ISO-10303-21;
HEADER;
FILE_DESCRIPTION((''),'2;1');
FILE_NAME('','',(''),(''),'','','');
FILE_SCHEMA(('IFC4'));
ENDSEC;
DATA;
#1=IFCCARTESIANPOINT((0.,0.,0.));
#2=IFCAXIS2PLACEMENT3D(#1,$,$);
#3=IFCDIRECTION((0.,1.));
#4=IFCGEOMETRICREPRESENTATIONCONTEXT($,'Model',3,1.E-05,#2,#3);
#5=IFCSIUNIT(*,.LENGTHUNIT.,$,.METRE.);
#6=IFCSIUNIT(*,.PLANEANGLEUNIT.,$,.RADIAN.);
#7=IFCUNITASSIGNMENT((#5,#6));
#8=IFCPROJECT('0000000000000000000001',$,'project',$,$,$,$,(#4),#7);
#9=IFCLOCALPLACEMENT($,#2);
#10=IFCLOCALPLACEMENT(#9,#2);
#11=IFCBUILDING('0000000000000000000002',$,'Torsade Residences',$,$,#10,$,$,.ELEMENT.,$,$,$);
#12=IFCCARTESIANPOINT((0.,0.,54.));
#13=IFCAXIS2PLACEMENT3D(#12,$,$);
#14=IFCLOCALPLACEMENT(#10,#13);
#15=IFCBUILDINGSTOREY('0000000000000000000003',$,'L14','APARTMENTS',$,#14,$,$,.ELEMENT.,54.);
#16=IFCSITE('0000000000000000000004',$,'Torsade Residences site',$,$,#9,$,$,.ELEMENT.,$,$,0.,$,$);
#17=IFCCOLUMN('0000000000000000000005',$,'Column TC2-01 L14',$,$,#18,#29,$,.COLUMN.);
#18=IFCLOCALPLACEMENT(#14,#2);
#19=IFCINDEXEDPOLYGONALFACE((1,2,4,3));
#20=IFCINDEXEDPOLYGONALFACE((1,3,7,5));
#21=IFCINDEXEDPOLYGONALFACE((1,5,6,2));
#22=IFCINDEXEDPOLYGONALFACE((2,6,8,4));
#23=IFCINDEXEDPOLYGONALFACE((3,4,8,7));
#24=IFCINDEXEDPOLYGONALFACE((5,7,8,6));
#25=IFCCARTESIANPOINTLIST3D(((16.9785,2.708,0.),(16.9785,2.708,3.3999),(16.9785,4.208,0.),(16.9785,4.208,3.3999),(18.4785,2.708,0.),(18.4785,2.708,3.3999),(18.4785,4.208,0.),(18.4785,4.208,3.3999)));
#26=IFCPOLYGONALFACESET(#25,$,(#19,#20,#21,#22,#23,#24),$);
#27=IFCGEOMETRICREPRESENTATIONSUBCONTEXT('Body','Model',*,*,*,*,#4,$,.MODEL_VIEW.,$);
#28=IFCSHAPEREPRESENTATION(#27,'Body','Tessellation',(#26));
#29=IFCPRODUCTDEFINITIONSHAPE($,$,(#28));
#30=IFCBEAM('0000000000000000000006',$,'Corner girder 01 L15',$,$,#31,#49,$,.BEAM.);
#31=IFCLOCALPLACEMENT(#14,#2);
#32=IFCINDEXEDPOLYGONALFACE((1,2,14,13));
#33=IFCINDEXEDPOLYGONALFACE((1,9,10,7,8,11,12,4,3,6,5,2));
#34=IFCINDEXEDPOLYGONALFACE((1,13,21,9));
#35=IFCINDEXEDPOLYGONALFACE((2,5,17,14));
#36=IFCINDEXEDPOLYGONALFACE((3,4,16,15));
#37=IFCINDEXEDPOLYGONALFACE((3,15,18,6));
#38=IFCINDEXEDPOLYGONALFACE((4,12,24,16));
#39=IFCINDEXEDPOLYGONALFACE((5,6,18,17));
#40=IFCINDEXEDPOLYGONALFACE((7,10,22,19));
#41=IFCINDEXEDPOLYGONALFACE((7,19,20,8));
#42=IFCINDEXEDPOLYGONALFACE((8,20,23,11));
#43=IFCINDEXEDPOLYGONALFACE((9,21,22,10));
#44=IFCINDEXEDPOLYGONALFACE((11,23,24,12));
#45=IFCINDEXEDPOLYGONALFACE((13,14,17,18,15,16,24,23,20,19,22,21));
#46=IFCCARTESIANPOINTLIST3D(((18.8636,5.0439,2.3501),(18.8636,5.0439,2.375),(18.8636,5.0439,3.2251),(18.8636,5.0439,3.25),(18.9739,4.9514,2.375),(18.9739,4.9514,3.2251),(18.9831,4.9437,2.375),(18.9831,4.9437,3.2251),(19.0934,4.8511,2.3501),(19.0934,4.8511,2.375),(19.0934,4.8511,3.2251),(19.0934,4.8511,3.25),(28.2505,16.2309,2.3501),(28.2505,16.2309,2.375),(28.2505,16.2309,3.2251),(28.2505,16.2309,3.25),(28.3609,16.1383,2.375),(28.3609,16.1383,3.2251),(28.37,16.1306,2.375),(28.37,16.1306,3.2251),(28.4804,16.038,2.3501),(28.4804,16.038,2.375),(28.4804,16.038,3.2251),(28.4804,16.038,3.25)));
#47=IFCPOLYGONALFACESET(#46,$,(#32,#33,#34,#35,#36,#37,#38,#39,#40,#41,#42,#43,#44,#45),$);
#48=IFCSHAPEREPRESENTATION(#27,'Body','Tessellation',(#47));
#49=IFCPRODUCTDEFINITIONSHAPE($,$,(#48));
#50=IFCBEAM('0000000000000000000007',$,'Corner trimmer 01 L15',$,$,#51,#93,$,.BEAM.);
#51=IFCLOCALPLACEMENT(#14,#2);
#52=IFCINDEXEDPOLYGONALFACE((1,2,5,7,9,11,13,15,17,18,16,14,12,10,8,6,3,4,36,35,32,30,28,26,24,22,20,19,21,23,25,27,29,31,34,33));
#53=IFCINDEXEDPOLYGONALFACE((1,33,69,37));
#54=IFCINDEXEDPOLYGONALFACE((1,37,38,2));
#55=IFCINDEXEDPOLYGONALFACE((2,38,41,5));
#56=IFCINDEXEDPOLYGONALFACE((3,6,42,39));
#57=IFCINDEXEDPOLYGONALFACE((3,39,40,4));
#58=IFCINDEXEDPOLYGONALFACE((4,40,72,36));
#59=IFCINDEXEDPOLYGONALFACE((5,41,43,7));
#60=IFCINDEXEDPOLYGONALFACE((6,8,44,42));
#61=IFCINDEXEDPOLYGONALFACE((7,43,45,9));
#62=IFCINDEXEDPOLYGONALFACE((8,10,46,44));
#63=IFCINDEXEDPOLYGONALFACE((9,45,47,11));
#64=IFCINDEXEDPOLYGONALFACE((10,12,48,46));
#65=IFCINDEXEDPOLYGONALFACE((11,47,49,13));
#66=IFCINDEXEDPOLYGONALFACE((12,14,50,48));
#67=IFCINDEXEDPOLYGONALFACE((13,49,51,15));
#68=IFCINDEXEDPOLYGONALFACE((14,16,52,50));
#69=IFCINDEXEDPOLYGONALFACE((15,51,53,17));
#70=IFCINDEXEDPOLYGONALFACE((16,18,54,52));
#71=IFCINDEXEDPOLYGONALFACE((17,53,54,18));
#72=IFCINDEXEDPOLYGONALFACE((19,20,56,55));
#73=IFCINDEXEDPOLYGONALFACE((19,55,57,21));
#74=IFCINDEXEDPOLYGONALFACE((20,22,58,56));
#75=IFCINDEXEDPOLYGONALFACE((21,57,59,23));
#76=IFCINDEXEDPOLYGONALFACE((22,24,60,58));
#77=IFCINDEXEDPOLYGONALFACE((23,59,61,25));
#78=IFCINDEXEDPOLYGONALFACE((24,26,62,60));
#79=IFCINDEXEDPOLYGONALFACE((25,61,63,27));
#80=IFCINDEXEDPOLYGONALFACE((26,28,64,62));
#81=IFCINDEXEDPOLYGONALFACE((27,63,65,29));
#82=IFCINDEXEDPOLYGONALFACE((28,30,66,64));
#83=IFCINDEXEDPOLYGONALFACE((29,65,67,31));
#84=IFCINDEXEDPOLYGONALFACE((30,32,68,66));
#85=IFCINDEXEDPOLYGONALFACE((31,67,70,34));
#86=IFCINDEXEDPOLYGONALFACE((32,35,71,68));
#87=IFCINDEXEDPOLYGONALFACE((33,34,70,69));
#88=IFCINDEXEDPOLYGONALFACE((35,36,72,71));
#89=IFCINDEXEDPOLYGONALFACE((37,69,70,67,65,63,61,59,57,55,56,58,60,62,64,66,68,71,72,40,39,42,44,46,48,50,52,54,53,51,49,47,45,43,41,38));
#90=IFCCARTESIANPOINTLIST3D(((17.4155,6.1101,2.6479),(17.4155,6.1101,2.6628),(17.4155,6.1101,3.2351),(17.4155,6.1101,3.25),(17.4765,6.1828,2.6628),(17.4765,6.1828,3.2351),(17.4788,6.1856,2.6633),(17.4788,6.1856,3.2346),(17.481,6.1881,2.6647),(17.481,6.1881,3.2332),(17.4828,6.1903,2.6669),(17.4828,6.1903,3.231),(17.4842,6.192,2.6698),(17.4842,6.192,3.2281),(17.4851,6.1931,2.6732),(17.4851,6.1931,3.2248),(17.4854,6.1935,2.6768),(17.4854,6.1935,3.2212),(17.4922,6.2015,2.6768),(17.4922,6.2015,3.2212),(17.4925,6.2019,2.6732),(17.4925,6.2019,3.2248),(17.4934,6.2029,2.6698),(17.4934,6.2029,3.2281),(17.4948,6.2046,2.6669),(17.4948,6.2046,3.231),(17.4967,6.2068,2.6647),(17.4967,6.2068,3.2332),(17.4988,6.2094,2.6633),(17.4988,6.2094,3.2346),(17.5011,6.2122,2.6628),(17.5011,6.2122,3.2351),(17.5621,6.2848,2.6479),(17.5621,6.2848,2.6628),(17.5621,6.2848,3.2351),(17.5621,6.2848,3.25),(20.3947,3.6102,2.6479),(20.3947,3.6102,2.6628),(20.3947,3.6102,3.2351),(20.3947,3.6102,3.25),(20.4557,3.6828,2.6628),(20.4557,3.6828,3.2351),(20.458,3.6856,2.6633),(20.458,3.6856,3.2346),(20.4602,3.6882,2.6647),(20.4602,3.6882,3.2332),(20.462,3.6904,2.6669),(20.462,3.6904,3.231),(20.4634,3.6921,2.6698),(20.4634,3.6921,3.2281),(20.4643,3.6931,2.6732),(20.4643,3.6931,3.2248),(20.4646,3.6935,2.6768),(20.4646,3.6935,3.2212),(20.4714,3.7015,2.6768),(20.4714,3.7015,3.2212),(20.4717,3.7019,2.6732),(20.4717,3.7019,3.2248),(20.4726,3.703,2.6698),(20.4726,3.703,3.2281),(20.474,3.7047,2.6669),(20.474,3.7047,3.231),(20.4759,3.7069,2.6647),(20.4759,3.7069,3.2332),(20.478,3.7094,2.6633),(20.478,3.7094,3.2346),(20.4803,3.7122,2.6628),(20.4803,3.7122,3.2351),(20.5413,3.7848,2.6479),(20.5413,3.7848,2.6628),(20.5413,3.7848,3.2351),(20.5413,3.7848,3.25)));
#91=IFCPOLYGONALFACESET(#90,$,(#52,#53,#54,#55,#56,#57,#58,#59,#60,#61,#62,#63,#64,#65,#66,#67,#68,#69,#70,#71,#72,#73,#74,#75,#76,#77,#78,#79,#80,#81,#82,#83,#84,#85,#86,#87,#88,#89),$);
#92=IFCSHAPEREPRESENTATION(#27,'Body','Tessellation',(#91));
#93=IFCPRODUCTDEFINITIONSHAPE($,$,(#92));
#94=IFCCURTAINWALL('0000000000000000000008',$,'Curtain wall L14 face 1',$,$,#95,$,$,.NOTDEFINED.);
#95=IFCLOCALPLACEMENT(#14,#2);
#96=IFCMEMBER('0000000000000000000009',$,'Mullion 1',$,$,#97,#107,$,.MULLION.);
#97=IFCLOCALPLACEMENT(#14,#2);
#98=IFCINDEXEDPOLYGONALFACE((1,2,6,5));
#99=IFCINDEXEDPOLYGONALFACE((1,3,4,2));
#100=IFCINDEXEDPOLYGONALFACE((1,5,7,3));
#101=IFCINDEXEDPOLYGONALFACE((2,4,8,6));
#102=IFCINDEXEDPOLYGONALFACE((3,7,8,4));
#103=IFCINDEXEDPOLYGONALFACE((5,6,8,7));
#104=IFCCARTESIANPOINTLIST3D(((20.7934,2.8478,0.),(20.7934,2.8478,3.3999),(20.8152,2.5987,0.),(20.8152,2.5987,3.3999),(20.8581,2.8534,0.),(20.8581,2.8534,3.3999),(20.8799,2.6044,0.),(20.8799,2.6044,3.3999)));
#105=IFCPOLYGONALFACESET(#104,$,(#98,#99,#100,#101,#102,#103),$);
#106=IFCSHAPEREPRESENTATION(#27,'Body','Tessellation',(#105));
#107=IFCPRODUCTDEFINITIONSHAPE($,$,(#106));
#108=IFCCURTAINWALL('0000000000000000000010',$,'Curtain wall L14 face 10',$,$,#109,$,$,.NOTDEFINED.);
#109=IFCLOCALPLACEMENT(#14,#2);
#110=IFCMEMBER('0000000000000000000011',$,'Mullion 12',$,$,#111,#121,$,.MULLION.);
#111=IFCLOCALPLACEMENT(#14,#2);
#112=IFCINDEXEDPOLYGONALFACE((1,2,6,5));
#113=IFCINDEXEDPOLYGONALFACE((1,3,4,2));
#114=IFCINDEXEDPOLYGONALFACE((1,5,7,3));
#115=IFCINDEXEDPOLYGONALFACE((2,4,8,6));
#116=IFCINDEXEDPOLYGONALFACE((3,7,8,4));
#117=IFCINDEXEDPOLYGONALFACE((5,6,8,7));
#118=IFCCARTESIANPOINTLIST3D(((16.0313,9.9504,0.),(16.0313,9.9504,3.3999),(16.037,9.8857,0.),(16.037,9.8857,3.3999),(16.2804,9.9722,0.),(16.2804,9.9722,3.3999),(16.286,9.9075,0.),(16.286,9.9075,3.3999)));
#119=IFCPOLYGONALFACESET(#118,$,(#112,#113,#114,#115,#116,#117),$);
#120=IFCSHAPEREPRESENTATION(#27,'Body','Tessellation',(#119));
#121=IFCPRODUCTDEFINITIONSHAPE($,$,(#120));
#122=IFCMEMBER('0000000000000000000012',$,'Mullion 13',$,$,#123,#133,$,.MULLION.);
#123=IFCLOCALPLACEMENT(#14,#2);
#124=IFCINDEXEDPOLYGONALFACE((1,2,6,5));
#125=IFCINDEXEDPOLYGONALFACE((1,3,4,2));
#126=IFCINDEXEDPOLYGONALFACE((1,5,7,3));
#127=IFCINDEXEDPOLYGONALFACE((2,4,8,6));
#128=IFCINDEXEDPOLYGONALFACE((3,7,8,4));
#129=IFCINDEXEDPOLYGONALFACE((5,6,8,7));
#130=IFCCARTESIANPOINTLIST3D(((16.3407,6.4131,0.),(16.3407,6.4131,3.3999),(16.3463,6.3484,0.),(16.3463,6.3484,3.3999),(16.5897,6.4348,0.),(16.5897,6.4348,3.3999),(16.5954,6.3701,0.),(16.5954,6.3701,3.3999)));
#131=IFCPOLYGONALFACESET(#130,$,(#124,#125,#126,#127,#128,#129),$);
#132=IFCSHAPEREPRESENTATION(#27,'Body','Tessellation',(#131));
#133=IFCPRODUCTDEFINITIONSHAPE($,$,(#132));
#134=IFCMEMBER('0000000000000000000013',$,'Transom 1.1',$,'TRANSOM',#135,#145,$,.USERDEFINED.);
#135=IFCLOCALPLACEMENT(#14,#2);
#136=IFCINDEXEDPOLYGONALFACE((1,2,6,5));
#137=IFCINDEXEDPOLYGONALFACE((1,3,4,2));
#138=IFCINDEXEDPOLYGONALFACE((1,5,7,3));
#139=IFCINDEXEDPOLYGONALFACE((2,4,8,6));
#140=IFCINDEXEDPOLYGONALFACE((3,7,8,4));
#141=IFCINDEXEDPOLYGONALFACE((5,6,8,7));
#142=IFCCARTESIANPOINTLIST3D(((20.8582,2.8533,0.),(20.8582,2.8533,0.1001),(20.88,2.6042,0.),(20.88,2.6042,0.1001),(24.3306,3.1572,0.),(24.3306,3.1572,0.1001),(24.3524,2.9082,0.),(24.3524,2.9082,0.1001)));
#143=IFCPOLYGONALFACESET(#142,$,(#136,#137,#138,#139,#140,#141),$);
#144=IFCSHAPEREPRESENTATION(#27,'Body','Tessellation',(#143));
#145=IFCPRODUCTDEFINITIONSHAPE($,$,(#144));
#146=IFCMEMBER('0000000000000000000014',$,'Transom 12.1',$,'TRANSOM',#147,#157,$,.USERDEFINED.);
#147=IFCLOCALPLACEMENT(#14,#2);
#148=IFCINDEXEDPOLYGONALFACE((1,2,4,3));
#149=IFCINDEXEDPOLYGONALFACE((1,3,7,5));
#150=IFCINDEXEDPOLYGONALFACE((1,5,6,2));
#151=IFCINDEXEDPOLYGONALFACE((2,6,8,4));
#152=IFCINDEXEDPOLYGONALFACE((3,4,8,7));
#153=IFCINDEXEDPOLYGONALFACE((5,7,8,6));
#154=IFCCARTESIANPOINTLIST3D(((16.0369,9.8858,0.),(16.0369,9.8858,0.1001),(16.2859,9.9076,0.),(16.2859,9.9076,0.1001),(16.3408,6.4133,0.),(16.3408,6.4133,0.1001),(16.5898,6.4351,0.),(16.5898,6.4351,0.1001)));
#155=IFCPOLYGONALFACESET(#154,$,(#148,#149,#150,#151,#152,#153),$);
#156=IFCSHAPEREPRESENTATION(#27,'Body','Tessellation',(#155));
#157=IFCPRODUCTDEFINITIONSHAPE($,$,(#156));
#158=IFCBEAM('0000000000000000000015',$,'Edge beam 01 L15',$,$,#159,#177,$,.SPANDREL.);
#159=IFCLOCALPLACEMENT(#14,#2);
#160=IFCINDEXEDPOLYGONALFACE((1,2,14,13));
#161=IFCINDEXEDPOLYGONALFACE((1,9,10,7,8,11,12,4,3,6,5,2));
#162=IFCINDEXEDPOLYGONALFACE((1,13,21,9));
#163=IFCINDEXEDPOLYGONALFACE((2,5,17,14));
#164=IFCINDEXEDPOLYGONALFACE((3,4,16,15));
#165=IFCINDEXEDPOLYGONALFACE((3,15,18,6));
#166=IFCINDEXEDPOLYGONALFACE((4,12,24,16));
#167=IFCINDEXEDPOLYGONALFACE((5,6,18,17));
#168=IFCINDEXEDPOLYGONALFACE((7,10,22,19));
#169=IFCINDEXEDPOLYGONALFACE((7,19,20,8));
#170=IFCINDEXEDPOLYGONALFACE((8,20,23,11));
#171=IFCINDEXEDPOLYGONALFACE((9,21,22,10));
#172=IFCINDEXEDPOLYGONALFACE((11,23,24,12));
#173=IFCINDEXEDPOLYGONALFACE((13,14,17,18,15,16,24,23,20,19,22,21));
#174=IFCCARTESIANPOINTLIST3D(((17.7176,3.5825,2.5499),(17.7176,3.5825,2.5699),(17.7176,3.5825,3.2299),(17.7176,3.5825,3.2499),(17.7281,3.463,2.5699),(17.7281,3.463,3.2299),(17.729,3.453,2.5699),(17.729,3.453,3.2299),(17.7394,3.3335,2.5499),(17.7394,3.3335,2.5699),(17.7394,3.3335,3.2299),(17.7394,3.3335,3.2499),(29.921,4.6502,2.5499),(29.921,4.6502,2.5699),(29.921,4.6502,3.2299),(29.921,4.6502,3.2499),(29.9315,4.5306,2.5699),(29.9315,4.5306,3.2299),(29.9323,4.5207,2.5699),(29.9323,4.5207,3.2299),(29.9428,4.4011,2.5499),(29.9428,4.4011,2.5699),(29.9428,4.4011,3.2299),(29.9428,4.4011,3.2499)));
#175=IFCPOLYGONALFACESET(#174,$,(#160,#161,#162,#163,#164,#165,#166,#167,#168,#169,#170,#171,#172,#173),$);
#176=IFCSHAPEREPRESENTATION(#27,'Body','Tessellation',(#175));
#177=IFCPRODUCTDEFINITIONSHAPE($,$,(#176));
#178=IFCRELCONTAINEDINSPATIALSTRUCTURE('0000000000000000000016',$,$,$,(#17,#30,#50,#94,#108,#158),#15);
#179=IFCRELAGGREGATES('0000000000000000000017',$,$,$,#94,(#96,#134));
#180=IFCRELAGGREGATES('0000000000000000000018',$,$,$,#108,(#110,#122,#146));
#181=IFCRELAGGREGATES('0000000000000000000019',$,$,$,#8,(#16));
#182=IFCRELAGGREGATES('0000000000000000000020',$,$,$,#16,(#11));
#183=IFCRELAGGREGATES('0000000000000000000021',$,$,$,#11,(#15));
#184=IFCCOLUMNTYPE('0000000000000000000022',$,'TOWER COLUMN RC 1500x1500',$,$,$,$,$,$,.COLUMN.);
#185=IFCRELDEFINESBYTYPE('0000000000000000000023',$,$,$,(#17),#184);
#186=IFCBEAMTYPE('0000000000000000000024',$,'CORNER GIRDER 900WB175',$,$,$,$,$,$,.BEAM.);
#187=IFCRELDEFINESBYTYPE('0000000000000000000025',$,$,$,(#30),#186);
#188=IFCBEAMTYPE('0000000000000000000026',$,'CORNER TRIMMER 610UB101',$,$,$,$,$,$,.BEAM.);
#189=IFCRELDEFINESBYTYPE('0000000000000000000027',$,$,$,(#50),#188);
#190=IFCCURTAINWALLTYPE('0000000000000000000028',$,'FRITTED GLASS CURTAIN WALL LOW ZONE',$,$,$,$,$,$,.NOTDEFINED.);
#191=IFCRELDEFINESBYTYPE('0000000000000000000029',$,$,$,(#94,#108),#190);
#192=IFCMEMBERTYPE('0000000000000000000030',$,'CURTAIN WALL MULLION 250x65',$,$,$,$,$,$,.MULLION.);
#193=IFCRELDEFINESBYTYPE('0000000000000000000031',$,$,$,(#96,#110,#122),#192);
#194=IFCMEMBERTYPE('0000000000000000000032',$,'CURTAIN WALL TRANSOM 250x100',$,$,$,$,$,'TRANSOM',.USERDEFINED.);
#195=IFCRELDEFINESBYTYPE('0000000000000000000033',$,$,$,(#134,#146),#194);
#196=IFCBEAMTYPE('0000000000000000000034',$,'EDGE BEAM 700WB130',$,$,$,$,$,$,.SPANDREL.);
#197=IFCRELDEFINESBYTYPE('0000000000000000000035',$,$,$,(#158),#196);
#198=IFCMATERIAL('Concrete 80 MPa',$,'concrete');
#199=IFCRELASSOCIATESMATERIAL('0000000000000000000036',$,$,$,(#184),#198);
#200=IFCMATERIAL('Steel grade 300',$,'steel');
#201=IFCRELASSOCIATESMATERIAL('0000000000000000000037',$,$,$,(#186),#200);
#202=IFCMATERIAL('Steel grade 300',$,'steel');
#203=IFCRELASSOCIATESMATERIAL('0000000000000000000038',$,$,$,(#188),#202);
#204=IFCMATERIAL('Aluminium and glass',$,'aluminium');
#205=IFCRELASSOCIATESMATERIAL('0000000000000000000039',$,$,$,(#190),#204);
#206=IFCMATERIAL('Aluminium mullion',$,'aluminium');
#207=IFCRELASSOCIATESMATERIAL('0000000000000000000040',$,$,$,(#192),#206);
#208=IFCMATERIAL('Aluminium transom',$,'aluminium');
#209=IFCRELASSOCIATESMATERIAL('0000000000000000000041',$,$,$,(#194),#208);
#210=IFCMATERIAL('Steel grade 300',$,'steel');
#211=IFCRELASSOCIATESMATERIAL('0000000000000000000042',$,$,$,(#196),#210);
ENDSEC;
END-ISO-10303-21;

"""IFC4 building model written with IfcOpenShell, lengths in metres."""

from ifc_helpers import new_model, si_unit, direction, frame, origin, origin_2d, place, context, subcontext, project, spatial, rectangle, i_section, extrude, material, material_profile, profile_set, type_object, element, aggregate, save


model = new_model("IFC4")

# Units and contexts
model_context = context("Model", 3, precision=1e-05, world=origin(), true_north=direction((0.0, 1.0)))
body_context = subcontext(model_context, "Body", "Model", "MODEL_VIEW")
ifc_project = project(units=[si_unit("LENGTHUNIT", "METRE"), si_unit("PLANEANGLEUNIT", "RADIAN")], contexts=[model_context])

# Site, building, storey
site_placement = place(None, origin())
site = spatial("IfcSite", under=ifc_project, at=site_placement, Name="Torsade Residences site", CompositionType="ELEMENT", RefElevation=0.0)
building_placement = place(site_placement, origin())
building = spatial("IfcBuilding", under=site, at=building_placement, Name="Torsade Residences", CompositionType="ELEMENT")
storey_placement = place(building_placement, frame((0.0, 0.0, 54.0)))
storey = spatial("IfcBuildingStorey", under=building, at=storey_placement, Name="L14", Description="APARTMENTS", CompositionType="ELEMENT", Elevation=54.0)

# Column
ifc_material_1 = material(Name="Concrete 80 MPa", Category="concrete")
ifc_material_profile_1 = material_profile(ifc_material_1, rectangle(XDim=1.5, YDim=1.5, at=origin_2d()), Name="RC 1500x1500")
ifc_profile_set_1 = profile_set([ifc_material_profile_1], Name="Concrete 80 MPa")
column_type = type_object("IfcColumnType", Name="TOWER COLUMN RC 1500x1500", PredefinedType="COLUMN", material=ifc_profile_set_1)
column_placement = place(storey_placement, frame((17.7285, 3.458, 0.0), z_axis=(0.0, 0.0, 1.0), x_axis=(1.0, 0.0, 0.0)))
element("IfcColumn", 1, at=column_placement, inside=storey, type_object=column_type, Name="Column TC2-01 L14", PredefinedType="COLUMN", context=body_context, shape_type="SweptSolid", body=[
    extrude(rectangle(XDim=1.5, YDim=1.5, at=origin_2d()), origin(), (0.0, 0.0, 1.0), 3.3999),
])

# Beams
ifc_material_2 = material(Name="Steel grade 300", Category="steel")
ifc_material_profile_2 = material_profile(ifc_material_2, i_section(OverallWidth=0.3, OverallDepth=0.8999, WebThickness=0.012, FlangeThickness=0.0249, at=origin_2d()), Name="900WB175")
ifc_profile_set_2 = profile_set([ifc_material_profile_2], Name="Steel grade 300")
beam_type_1 = type_object("IfcBeamType", Name="CORNER GIRDER 900WB175", PredefinedType="BEAM", material=ifc_profile_set_2)
beam_1_placement = place(storey_placement, frame((18.9785, 4.9475, 2.8), z_axis=(0.642785, 0.766046, 0.0), x_axis=(-0.766046, 0.642785, 0.0)))
element("IfcBeam", 2, at=beam_1_placement, inside=storey, type_object=beam_type_1, Name="Corner girder 01 L15", PredefinedType="BEAM", context=body_context, shape_type="SweptSolid", body=[
    extrude(i_section(OverallWidth=0.3, OverallDepth=0.8999, WebThickness=0.012, FlangeThickness=0.0249, at=origin_2d()), origin(), (0.0, 0.0, 1.0), 14.6035),
])
ifc_material_3 = material(Name="Steel grade 300", Category="steel")
ifc_material_profile_3 = material_profile(ifc_material_3, i_section(OverallWidth=0.228, OverallDepth=0.6021, WebThickness=0.0105, FlangeThickness=0.0149, FilletRadius=0.0139, at=origin_2d()), Name="610UB101")
ifc_profile_set_3 = profile_set([ifc_material_profile_3], Name="Steel grade 300")
beam_type_2 = type_object("IfcBeamType", Name="CORNER TRIMMER 610UB101", PredefinedType="BEAM", material=ifc_profile_set_3)
beam_2_placement = place(storey_placement, frame((20.468, 3.6975, 2.949), z_axis=(-0.76603, 0.642805, 0.0), x_axis=(-0.642805, -0.76603, 0.0)))
element("IfcBeam", 3, at=beam_2_placement, inside=storey, type_object=beam_type_2, Name="Corner trimmer 01 L15", PredefinedType="BEAM", context=body_context, shape_type="SweptSolid", body=[
    extrude(i_section(OverallWidth=0.228, OverallDepth=0.6021, WebThickness=0.0105, FlangeThickness=0.0149, FilletRadius=0.0139, at=origin_2d()), origin(), (0.0, 0.0, 1.0), 3.8892),
])

# Curtain wall, member
ifc_material_4 = material(Name="Aluminium and glass", Category="aluminium")
curtain_wall_type = type_object("IfcCurtainWallType", Name="FRITTED GLASS CURTAIN WALL LOW ZONE", PredefinedType="NOTDEFINED", material=ifc_material_4)
curtain_wall_1_placement = place(storey_placement, origin())
curtain_wall_1 = element("IfcCurtainWall", 4, at=curtain_wall_1_placement, inside=storey, type_object=curtain_wall_type, Name="Curtain wall L14 face 1", PredefinedType="NOTDEFINED")
ifc_material_5 = material(Name="Aluminium mullion", Category="aluminium")
ifc_material_profile_4 = material_profile(ifc_material_5, rectangle(XDim=0.25, YDim=0.0649, at=origin_2d()), Name="CURTAIN WALL MULLION 250x65")
ifc_profile_set_4 = profile_set([ifc_material_profile_4], Name="Aluminium mullion")
member_type_1 = type_object("IfcMemberType", Name="CURTAIN WALL MULLION 250x65", PredefinedType="MULLION", material=ifc_profile_set_4)
member_1_placement = place(storey_placement, frame((20.8367, 2.7261, 0.0), z_axis=(0.0, 0.0, 1.0), x_axis=(-0.087156, 0.996195, 0.0)))
member_1 = element("IfcMember", 5, at=member_1_placement, type_object=member_type_1, Name="Mullion 1", PredefinedType="MULLION", context=body_context, shape_type="SweptSolid", body=[
    extrude(rectangle(XDim=0.25, YDim=0.0649, at=origin_2d()), origin(), (0.0, 0.0, 1.0), 3.3999),
])

# Curtain wall, members
curtain_wall_2_placement = place(storey_placement, origin())
curtain_wall_2 = element("IfcCurtainWall", 6, at=curtain_wall_2_placement, inside=storey, type_object=curtain_wall_type, Name="Curtain wall L14 face 10", PredefinedType="NOTDEFINED")
member_2_placement = place(storey_placement, frame((16.1587, 9.929, 0.0), z_axis=(0.0, 0.0, 1.0), x_axis=(0.996195, 0.087156, 0.0)))
member_2 = element("IfcMember", 7, at=member_2_placement, type_object=member_type_1, Name="Mullion 12", PredefinedType="MULLION", context=body_context, shape_type="SweptSolid", body=[
    extrude(rectangle(XDim=0.25, YDim=0.0649, at=origin_2d()), origin(), (0.0, 0.0, 1.0), 3.3999),
])
member_3_placement = place(storey_placement, frame((16.468, 6.3916, 0.0), z_axis=(0.0, 0.0, 1.0), x_axis=(0.996195, 0.087156, 0.0)))
member_3 = element("IfcMember", 8, at=member_3_placement, type_object=member_type_1, Name="Mullion 13", PredefinedType="MULLION", context=body_context, shape_type="SweptSolid", body=[
    extrude(rectangle(XDim=0.25, YDim=0.0649, at=origin_2d()), origin(), (0.0, 0.0, 1.0), 3.3999),
])

# Members
ifc_material_6 = material(Name="Aluminium transom", Category="aluminium")
ifc_material_profile_5 = material_profile(ifc_material_6, rectangle(XDim=0.25, YDim=0.1001, at=origin_2d()), Name="CURTAIN WALL TRANSOM 250x100")
ifc_profile_set_5 = profile_set([ifc_material_profile_5], Name="Aluminium transom")
member_type_2 = type_object("IfcMemberType", Name="CURTAIN WALL TRANSOM 250x100", ElementType="TRANSOM", PredefinedType="USERDEFINED", material=ifc_profile_set_5)
member_4_placement = place(storey_placement, frame((20.8691, 2.7288, 0.05), z_axis=(0.996191, 0.087201, 0.0), x_axis=(-0.087201, 0.996191, 0.0)))
member_4 = element("IfcMember", 9, at=member_4_placement, type_object=member_type_2, Name="Transom 1.1", ObjectType="TRANSOM", PredefinedType="USERDEFINED", context=body_context, shape_type="SweptSolid", body=[
    extrude(rectangle(XDim=0.25, YDim=0.1001, at=origin_2d()), origin(), (0.0, 0.0, 1.0), 3.4856),
])
member_5_placement = place(storey_placement, frame((16.1614, 9.8967, 0.05), z_axis=(0.087195, -0.996191, 0.0), x_axis=(0.996191, 0.087195, 0.0)))
member_5 = element("IfcMember", 10, at=member_5_placement, type_object=member_type_2, Name="Transom 12.1", ObjectType="TRANSOM", PredefinedType="USERDEFINED", context=body_context, shape_type="SweptSolid", body=[
    extrude(rectangle(XDim=0.25, YDim=0.1001, at=origin_2d()), origin(), (0.0, 0.0, 1.0), 3.4858),
])

# Beam
ifc_material_7 = material(Name="Steel grade 300", Category="steel")
ifc_material_profile_6 = material_profile(ifc_material_7, i_section(OverallWidth=0.25, OverallDepth=0.7, WebThickness=0.01, FlangeThickness=0.02, at=origin_2d()), Name="700WB130")
ifc_profile_set_6 = profile_set([ifc_material_profile_6], Name="Steel grade 300")
beam_type_3 = type_object("IfcBeamType", Name="EDGE BEAM 700WB130", PredefinedType="SPANDREL", material=ifc_profile_set_6)
beam_3_placement = place(storey_placement, frame((17.7285, 3.458, 2.8999), z_axis=(0.996195, 0.087153, 0.0), x_axis=(-0.087153, 0.996195, 0.0)))
element("IfcBeam", 11, at=beam_3_placement, inside=storey, type_object=beam_type_3, Name="Edge beam 01 L15", PredefinedType="SPANDREL", context=body_context, shape_type="SweptSolid", body=[
    extrude(i_section(OverallWidth=0.25, OverallDepth=0.7, WebThickness=0.01, FlangeThickness=0.02, at=origin_2d()), origin(), (0.0, 0.0, 1.0), 12.25),
])

aggregate(curtain_wall_1, [member_1, member_4])
aggregate(curtain_wall_2, [member_2, member_3, member_5])

save(model, "model.ifc")
